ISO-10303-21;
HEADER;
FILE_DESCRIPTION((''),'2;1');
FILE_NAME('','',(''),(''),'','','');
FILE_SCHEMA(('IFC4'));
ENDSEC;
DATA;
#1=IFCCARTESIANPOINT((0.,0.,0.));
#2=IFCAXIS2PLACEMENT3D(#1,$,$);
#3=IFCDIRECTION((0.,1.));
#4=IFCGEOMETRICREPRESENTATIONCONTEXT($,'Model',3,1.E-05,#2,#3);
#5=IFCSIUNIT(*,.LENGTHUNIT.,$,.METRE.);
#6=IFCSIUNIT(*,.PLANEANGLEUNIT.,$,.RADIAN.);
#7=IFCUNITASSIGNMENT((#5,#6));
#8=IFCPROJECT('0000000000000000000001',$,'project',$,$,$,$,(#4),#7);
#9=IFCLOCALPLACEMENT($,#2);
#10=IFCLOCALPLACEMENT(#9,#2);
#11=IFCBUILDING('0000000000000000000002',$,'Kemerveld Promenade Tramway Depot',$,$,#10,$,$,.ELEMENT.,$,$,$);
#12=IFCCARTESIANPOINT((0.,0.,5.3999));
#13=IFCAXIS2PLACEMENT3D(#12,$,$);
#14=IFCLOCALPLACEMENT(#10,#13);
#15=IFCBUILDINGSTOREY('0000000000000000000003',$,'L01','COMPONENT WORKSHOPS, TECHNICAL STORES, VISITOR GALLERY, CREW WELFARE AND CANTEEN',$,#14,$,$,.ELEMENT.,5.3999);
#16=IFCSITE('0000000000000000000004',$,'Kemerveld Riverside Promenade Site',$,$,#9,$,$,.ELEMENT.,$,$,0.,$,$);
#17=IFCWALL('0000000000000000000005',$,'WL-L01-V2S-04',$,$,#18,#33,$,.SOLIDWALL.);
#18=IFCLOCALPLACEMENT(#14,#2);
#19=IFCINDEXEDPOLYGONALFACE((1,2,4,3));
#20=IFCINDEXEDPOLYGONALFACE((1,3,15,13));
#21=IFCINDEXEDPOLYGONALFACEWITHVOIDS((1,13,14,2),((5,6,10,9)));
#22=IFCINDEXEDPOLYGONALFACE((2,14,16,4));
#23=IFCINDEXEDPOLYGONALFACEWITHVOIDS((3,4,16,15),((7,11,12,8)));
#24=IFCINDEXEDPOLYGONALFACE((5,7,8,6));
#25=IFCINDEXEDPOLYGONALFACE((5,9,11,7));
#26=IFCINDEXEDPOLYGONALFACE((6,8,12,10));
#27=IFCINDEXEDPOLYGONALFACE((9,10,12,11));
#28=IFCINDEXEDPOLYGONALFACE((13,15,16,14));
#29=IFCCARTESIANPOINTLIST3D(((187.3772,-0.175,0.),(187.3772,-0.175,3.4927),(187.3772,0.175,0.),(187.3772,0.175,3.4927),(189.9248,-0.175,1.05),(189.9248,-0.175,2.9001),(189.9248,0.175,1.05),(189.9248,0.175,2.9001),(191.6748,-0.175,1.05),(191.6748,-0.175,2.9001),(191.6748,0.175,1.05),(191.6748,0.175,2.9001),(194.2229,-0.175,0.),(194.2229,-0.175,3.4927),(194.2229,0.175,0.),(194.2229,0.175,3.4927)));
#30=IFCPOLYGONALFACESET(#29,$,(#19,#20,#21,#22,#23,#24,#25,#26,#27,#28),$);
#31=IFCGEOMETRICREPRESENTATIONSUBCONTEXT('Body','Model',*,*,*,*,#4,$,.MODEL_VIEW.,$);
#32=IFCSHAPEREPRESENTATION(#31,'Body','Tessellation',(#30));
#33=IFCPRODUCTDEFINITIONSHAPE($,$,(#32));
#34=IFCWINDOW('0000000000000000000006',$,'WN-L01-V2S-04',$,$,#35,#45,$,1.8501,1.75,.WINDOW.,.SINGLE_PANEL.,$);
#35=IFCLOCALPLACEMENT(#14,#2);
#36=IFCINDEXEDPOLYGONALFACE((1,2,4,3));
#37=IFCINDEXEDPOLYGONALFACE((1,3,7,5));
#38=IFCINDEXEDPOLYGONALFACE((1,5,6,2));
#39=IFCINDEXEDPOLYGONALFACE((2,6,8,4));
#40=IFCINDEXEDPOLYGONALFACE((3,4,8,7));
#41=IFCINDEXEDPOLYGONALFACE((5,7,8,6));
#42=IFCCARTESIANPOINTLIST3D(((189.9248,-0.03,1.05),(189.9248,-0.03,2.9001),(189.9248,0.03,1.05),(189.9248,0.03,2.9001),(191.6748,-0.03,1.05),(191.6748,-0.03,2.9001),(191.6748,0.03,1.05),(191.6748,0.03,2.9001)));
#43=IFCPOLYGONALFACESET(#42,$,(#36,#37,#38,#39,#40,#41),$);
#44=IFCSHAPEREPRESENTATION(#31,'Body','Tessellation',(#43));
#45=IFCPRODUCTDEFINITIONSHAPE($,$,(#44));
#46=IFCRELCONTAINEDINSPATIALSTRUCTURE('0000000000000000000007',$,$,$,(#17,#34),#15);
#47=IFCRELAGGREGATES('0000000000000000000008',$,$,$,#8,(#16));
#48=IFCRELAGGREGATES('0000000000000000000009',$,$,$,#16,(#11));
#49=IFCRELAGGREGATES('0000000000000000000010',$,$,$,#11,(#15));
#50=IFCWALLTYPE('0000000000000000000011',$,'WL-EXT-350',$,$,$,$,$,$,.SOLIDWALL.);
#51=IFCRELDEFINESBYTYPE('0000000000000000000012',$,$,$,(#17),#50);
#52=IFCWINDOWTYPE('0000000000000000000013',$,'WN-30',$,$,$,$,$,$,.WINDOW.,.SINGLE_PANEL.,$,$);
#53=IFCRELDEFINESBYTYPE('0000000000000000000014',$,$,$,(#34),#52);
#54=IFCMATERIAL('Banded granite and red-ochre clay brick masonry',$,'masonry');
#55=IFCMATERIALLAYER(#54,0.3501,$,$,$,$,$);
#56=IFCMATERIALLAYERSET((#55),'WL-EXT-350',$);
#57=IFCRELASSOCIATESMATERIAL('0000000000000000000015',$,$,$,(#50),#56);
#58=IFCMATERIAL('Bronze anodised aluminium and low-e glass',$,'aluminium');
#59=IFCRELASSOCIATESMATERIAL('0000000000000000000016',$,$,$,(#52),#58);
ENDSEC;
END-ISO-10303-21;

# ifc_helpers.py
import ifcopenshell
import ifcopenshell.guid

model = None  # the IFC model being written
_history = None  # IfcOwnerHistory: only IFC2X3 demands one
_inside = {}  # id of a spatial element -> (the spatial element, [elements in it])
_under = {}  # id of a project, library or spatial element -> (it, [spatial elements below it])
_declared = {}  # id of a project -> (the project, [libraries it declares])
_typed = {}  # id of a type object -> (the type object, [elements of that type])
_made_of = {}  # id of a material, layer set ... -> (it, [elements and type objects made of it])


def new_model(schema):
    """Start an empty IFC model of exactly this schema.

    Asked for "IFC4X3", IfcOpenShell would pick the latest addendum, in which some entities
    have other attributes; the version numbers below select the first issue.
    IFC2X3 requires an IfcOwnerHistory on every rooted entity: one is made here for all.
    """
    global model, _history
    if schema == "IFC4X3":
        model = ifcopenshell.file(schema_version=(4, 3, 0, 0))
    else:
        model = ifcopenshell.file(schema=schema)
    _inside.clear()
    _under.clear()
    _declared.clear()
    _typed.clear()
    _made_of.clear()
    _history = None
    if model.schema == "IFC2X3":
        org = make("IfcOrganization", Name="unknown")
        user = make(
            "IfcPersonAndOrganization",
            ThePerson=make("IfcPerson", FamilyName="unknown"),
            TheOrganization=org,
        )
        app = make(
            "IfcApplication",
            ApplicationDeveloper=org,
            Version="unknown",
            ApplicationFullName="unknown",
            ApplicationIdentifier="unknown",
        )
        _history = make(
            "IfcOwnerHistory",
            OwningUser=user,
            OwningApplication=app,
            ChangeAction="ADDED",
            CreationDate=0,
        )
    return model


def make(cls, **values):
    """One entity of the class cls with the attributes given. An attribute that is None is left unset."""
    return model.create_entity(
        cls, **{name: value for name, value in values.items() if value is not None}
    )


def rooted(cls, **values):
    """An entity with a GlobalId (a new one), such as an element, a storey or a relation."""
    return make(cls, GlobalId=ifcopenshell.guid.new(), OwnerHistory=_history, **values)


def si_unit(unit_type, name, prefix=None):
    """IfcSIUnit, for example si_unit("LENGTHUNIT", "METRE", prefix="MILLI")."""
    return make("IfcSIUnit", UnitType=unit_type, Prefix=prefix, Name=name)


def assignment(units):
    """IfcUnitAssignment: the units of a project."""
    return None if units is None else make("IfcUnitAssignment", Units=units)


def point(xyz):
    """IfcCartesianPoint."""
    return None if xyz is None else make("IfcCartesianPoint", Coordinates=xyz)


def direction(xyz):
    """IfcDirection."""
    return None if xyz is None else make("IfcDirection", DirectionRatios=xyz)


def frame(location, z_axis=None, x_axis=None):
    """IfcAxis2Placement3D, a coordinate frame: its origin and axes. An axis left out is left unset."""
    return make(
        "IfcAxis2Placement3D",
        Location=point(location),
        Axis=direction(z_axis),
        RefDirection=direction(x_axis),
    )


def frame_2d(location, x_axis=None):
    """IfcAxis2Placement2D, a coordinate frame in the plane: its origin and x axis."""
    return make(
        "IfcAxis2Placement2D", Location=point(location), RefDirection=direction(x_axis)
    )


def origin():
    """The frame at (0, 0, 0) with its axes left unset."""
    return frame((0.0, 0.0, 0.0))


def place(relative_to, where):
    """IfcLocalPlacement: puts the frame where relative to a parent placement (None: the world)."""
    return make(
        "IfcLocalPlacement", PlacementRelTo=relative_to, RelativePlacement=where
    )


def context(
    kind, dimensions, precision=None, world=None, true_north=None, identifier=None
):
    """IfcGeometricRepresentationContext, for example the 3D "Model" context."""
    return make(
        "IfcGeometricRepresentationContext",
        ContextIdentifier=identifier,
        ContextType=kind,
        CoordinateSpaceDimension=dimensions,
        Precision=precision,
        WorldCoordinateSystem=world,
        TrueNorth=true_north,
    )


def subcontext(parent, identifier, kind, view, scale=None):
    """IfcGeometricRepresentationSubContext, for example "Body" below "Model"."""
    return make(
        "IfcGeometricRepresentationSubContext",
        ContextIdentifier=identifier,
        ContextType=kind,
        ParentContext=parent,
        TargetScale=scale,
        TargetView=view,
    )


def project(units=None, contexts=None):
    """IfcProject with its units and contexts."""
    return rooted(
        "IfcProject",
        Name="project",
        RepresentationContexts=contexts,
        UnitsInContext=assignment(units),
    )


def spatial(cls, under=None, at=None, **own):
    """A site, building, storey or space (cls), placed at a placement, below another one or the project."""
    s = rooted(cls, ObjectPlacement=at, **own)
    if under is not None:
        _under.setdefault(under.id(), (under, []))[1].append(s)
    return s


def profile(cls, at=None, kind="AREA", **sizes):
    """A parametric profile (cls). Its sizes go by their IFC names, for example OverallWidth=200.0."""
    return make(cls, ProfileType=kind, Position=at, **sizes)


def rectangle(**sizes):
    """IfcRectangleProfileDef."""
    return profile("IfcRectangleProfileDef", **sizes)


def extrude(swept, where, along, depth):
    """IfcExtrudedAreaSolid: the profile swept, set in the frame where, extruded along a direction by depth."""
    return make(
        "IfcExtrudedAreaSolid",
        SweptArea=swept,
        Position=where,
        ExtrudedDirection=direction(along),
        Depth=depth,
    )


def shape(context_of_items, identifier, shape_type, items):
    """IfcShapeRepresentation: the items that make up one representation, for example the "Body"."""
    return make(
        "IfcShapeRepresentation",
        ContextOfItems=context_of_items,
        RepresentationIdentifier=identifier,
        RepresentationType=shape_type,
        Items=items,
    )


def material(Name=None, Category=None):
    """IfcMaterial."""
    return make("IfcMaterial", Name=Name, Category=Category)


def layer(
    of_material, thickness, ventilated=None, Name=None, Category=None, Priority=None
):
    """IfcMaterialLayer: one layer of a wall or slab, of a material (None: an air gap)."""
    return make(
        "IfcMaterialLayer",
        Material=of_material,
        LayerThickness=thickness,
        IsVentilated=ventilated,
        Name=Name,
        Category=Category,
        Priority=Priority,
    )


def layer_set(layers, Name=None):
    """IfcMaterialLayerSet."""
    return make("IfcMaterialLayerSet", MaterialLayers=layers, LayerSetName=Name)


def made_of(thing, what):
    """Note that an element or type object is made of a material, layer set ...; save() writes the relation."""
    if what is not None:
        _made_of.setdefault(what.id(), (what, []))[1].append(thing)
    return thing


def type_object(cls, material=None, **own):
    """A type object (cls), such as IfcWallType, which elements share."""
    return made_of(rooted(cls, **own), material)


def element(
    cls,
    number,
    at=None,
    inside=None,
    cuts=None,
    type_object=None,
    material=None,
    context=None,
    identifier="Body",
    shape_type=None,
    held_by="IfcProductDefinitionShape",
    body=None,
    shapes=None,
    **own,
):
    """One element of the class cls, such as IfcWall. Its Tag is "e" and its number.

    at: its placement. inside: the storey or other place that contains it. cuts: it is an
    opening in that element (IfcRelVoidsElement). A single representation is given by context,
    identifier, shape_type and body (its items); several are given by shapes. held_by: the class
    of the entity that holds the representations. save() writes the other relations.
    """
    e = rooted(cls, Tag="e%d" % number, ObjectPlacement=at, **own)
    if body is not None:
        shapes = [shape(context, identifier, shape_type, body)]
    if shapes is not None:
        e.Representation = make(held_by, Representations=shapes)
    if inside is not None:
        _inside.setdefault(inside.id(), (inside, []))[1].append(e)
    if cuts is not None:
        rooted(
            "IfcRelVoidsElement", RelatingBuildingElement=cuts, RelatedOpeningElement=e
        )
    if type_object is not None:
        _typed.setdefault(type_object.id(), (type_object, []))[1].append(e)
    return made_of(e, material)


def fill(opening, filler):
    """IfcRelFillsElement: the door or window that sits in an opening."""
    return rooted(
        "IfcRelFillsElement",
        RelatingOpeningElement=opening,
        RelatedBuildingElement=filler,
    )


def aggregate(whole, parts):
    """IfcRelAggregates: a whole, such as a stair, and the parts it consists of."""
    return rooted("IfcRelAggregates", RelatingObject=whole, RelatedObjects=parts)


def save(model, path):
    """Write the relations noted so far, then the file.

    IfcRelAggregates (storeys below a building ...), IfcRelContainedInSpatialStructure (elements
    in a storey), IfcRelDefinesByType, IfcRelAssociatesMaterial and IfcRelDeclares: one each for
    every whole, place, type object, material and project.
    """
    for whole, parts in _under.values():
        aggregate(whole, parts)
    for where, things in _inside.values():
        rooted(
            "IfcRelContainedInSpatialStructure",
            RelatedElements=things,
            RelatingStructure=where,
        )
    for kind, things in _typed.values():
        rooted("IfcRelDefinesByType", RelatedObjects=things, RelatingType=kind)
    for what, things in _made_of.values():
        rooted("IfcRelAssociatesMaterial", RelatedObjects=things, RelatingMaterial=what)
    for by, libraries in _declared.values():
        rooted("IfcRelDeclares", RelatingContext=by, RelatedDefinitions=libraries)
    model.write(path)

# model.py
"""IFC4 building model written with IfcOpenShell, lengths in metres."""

from ifc_helpers import new_model, si_unit, direction, frame, frame_2d, origin, place, context, subcontext, project, spatial, rectangle, extrude, material, layer, layer_set, type_object, element, fill, save


model = new_model("IFC4")

# Units and contexts
model_context = context("Model", 3, precision=1e-05, world=origin(), true_north=direction((0.0, 1.0)))
body_context = subcontext(model_context, "Body", "Model", "MODEL_VIEW")
ifc_project = project(units=[si_unit("LENGTHUNIT", "METRE"), si_unit("PLANEANGLEUNIT", "RADIAN")], contexts=[model_context])

# Site, building, storey
site_placement = place(None, origin())
site = spatial("IfcSite", under=ifc_project, at=site_placement, Name="Kemerveld Riverside Promenade Site", CompositionType="ELEMENT", RefElevation=0.0)
building_placement = place(site_placement, origin())
building = spatial("IfcBuilding", under=site, at=building_placement, Name="Kemerveld Promenade Tramway Depot", CompositionType="ELEMENT")
storey_placement = place(building_placement, frame((0.0, 0.0, 5.3999)))
storey = spatial("IfcBuildingStorey", under=building, at=storey_placement, Name="L01", Description="COMPONENT WORKSHOPS, TECHNICAL STORES, VISITOR GALLERY, CREW WELFARE AND CANTEEN", CompositionType="ELEMENT", Elevation=5.3999)

# Wall, opening, window
ifc_material_1 = material(Name="Banded granite and red-ochre clay brick masonry", Category="masonry")
ifc_layer_1 = layer(ifc_material_1, 0.3501)
ifc_layer_set_1 = layer_set([ifc_layer_1], Name="WL-EXT-350")
wall_type = type_object("IfcWallType", Name="WL-EXT-350", PredefinedType="SOLIDWALL", material=ifc_layer_set_1)
wall_placement = place(storey_placement, frame((194.2229, 0.0, 0.0), z_axis=(0.0, 0.0, 1.0), x_axis=(-1.0, 0.0, 0.0)))
wall = element("IfcWall", 1, at=wall_placement, inside=storey, type_object=wall_type, Name="WL-L01-V2S-04", PredefinedType="SOLIDWALL", context=body_context, shape_type="SweptSolid", body=[
    extrude(rectangle(XDim=6.8457, YDim=0.3501, at=frame_2d((3.4229, 0.0))), origin(), (0.0, 0.0, 1.0), 3.4927),
])
opening_placement = place(wall_placement, frame((2.5481, 0.0, 1.05)))
opening = element("IfcOpeningElement", 2, at=opening_placement, cuts=wall, PredefinedType="OPENING", context=body_context, shape_type="SweptSolid", body=[
    extrude(rectangle(XDim=1.75, YDim=1.8501, at=frame_2d((0.875, 0.925))), frame((0.0, 0.1851, 0.0), z_axis=(0.0, -1.0, 0.0), x_axis=(1.0, 0.0, 0.0)), (0.0, 0.0, 1.0), 0.3701),
])
ifc_material_2 = material(Name="Bronze anodised aluminium and low-e glass", Category="aluminium")
window_type = type_object("IfcWindowType", Name="WN-30", PartitioningType="SINGLE_PANEL", PredefinedType="WINDOW", material=ifc_material_2)
window_placement = place(opening_placement, origin())
window = element("IfcWindow", 3, at=window_placement, inside=storey, type_object=window_type, Name="WN-L01-V2S-04", OverallHeight=1.8501, OverallWidth=1.75, PartitioningType="SINGLE_PANEL", PredefinedType="WINDOW", context=body_context, shape_type="SweptSolid", body=[
    extrude(rectangle(XDim=1.75, YDim=1.8501, at=frame_2d((0.875, 0.925))), frame((0.0, 0.03, 0.0), z_axis=(0.0, -1.0, 0.0), x_axis=(1.0, 0.0, 0.0)), (0.0, 0.0, 1.0), 0.0601),
])
fill(opening, window)

save(model, "model.ifc")
